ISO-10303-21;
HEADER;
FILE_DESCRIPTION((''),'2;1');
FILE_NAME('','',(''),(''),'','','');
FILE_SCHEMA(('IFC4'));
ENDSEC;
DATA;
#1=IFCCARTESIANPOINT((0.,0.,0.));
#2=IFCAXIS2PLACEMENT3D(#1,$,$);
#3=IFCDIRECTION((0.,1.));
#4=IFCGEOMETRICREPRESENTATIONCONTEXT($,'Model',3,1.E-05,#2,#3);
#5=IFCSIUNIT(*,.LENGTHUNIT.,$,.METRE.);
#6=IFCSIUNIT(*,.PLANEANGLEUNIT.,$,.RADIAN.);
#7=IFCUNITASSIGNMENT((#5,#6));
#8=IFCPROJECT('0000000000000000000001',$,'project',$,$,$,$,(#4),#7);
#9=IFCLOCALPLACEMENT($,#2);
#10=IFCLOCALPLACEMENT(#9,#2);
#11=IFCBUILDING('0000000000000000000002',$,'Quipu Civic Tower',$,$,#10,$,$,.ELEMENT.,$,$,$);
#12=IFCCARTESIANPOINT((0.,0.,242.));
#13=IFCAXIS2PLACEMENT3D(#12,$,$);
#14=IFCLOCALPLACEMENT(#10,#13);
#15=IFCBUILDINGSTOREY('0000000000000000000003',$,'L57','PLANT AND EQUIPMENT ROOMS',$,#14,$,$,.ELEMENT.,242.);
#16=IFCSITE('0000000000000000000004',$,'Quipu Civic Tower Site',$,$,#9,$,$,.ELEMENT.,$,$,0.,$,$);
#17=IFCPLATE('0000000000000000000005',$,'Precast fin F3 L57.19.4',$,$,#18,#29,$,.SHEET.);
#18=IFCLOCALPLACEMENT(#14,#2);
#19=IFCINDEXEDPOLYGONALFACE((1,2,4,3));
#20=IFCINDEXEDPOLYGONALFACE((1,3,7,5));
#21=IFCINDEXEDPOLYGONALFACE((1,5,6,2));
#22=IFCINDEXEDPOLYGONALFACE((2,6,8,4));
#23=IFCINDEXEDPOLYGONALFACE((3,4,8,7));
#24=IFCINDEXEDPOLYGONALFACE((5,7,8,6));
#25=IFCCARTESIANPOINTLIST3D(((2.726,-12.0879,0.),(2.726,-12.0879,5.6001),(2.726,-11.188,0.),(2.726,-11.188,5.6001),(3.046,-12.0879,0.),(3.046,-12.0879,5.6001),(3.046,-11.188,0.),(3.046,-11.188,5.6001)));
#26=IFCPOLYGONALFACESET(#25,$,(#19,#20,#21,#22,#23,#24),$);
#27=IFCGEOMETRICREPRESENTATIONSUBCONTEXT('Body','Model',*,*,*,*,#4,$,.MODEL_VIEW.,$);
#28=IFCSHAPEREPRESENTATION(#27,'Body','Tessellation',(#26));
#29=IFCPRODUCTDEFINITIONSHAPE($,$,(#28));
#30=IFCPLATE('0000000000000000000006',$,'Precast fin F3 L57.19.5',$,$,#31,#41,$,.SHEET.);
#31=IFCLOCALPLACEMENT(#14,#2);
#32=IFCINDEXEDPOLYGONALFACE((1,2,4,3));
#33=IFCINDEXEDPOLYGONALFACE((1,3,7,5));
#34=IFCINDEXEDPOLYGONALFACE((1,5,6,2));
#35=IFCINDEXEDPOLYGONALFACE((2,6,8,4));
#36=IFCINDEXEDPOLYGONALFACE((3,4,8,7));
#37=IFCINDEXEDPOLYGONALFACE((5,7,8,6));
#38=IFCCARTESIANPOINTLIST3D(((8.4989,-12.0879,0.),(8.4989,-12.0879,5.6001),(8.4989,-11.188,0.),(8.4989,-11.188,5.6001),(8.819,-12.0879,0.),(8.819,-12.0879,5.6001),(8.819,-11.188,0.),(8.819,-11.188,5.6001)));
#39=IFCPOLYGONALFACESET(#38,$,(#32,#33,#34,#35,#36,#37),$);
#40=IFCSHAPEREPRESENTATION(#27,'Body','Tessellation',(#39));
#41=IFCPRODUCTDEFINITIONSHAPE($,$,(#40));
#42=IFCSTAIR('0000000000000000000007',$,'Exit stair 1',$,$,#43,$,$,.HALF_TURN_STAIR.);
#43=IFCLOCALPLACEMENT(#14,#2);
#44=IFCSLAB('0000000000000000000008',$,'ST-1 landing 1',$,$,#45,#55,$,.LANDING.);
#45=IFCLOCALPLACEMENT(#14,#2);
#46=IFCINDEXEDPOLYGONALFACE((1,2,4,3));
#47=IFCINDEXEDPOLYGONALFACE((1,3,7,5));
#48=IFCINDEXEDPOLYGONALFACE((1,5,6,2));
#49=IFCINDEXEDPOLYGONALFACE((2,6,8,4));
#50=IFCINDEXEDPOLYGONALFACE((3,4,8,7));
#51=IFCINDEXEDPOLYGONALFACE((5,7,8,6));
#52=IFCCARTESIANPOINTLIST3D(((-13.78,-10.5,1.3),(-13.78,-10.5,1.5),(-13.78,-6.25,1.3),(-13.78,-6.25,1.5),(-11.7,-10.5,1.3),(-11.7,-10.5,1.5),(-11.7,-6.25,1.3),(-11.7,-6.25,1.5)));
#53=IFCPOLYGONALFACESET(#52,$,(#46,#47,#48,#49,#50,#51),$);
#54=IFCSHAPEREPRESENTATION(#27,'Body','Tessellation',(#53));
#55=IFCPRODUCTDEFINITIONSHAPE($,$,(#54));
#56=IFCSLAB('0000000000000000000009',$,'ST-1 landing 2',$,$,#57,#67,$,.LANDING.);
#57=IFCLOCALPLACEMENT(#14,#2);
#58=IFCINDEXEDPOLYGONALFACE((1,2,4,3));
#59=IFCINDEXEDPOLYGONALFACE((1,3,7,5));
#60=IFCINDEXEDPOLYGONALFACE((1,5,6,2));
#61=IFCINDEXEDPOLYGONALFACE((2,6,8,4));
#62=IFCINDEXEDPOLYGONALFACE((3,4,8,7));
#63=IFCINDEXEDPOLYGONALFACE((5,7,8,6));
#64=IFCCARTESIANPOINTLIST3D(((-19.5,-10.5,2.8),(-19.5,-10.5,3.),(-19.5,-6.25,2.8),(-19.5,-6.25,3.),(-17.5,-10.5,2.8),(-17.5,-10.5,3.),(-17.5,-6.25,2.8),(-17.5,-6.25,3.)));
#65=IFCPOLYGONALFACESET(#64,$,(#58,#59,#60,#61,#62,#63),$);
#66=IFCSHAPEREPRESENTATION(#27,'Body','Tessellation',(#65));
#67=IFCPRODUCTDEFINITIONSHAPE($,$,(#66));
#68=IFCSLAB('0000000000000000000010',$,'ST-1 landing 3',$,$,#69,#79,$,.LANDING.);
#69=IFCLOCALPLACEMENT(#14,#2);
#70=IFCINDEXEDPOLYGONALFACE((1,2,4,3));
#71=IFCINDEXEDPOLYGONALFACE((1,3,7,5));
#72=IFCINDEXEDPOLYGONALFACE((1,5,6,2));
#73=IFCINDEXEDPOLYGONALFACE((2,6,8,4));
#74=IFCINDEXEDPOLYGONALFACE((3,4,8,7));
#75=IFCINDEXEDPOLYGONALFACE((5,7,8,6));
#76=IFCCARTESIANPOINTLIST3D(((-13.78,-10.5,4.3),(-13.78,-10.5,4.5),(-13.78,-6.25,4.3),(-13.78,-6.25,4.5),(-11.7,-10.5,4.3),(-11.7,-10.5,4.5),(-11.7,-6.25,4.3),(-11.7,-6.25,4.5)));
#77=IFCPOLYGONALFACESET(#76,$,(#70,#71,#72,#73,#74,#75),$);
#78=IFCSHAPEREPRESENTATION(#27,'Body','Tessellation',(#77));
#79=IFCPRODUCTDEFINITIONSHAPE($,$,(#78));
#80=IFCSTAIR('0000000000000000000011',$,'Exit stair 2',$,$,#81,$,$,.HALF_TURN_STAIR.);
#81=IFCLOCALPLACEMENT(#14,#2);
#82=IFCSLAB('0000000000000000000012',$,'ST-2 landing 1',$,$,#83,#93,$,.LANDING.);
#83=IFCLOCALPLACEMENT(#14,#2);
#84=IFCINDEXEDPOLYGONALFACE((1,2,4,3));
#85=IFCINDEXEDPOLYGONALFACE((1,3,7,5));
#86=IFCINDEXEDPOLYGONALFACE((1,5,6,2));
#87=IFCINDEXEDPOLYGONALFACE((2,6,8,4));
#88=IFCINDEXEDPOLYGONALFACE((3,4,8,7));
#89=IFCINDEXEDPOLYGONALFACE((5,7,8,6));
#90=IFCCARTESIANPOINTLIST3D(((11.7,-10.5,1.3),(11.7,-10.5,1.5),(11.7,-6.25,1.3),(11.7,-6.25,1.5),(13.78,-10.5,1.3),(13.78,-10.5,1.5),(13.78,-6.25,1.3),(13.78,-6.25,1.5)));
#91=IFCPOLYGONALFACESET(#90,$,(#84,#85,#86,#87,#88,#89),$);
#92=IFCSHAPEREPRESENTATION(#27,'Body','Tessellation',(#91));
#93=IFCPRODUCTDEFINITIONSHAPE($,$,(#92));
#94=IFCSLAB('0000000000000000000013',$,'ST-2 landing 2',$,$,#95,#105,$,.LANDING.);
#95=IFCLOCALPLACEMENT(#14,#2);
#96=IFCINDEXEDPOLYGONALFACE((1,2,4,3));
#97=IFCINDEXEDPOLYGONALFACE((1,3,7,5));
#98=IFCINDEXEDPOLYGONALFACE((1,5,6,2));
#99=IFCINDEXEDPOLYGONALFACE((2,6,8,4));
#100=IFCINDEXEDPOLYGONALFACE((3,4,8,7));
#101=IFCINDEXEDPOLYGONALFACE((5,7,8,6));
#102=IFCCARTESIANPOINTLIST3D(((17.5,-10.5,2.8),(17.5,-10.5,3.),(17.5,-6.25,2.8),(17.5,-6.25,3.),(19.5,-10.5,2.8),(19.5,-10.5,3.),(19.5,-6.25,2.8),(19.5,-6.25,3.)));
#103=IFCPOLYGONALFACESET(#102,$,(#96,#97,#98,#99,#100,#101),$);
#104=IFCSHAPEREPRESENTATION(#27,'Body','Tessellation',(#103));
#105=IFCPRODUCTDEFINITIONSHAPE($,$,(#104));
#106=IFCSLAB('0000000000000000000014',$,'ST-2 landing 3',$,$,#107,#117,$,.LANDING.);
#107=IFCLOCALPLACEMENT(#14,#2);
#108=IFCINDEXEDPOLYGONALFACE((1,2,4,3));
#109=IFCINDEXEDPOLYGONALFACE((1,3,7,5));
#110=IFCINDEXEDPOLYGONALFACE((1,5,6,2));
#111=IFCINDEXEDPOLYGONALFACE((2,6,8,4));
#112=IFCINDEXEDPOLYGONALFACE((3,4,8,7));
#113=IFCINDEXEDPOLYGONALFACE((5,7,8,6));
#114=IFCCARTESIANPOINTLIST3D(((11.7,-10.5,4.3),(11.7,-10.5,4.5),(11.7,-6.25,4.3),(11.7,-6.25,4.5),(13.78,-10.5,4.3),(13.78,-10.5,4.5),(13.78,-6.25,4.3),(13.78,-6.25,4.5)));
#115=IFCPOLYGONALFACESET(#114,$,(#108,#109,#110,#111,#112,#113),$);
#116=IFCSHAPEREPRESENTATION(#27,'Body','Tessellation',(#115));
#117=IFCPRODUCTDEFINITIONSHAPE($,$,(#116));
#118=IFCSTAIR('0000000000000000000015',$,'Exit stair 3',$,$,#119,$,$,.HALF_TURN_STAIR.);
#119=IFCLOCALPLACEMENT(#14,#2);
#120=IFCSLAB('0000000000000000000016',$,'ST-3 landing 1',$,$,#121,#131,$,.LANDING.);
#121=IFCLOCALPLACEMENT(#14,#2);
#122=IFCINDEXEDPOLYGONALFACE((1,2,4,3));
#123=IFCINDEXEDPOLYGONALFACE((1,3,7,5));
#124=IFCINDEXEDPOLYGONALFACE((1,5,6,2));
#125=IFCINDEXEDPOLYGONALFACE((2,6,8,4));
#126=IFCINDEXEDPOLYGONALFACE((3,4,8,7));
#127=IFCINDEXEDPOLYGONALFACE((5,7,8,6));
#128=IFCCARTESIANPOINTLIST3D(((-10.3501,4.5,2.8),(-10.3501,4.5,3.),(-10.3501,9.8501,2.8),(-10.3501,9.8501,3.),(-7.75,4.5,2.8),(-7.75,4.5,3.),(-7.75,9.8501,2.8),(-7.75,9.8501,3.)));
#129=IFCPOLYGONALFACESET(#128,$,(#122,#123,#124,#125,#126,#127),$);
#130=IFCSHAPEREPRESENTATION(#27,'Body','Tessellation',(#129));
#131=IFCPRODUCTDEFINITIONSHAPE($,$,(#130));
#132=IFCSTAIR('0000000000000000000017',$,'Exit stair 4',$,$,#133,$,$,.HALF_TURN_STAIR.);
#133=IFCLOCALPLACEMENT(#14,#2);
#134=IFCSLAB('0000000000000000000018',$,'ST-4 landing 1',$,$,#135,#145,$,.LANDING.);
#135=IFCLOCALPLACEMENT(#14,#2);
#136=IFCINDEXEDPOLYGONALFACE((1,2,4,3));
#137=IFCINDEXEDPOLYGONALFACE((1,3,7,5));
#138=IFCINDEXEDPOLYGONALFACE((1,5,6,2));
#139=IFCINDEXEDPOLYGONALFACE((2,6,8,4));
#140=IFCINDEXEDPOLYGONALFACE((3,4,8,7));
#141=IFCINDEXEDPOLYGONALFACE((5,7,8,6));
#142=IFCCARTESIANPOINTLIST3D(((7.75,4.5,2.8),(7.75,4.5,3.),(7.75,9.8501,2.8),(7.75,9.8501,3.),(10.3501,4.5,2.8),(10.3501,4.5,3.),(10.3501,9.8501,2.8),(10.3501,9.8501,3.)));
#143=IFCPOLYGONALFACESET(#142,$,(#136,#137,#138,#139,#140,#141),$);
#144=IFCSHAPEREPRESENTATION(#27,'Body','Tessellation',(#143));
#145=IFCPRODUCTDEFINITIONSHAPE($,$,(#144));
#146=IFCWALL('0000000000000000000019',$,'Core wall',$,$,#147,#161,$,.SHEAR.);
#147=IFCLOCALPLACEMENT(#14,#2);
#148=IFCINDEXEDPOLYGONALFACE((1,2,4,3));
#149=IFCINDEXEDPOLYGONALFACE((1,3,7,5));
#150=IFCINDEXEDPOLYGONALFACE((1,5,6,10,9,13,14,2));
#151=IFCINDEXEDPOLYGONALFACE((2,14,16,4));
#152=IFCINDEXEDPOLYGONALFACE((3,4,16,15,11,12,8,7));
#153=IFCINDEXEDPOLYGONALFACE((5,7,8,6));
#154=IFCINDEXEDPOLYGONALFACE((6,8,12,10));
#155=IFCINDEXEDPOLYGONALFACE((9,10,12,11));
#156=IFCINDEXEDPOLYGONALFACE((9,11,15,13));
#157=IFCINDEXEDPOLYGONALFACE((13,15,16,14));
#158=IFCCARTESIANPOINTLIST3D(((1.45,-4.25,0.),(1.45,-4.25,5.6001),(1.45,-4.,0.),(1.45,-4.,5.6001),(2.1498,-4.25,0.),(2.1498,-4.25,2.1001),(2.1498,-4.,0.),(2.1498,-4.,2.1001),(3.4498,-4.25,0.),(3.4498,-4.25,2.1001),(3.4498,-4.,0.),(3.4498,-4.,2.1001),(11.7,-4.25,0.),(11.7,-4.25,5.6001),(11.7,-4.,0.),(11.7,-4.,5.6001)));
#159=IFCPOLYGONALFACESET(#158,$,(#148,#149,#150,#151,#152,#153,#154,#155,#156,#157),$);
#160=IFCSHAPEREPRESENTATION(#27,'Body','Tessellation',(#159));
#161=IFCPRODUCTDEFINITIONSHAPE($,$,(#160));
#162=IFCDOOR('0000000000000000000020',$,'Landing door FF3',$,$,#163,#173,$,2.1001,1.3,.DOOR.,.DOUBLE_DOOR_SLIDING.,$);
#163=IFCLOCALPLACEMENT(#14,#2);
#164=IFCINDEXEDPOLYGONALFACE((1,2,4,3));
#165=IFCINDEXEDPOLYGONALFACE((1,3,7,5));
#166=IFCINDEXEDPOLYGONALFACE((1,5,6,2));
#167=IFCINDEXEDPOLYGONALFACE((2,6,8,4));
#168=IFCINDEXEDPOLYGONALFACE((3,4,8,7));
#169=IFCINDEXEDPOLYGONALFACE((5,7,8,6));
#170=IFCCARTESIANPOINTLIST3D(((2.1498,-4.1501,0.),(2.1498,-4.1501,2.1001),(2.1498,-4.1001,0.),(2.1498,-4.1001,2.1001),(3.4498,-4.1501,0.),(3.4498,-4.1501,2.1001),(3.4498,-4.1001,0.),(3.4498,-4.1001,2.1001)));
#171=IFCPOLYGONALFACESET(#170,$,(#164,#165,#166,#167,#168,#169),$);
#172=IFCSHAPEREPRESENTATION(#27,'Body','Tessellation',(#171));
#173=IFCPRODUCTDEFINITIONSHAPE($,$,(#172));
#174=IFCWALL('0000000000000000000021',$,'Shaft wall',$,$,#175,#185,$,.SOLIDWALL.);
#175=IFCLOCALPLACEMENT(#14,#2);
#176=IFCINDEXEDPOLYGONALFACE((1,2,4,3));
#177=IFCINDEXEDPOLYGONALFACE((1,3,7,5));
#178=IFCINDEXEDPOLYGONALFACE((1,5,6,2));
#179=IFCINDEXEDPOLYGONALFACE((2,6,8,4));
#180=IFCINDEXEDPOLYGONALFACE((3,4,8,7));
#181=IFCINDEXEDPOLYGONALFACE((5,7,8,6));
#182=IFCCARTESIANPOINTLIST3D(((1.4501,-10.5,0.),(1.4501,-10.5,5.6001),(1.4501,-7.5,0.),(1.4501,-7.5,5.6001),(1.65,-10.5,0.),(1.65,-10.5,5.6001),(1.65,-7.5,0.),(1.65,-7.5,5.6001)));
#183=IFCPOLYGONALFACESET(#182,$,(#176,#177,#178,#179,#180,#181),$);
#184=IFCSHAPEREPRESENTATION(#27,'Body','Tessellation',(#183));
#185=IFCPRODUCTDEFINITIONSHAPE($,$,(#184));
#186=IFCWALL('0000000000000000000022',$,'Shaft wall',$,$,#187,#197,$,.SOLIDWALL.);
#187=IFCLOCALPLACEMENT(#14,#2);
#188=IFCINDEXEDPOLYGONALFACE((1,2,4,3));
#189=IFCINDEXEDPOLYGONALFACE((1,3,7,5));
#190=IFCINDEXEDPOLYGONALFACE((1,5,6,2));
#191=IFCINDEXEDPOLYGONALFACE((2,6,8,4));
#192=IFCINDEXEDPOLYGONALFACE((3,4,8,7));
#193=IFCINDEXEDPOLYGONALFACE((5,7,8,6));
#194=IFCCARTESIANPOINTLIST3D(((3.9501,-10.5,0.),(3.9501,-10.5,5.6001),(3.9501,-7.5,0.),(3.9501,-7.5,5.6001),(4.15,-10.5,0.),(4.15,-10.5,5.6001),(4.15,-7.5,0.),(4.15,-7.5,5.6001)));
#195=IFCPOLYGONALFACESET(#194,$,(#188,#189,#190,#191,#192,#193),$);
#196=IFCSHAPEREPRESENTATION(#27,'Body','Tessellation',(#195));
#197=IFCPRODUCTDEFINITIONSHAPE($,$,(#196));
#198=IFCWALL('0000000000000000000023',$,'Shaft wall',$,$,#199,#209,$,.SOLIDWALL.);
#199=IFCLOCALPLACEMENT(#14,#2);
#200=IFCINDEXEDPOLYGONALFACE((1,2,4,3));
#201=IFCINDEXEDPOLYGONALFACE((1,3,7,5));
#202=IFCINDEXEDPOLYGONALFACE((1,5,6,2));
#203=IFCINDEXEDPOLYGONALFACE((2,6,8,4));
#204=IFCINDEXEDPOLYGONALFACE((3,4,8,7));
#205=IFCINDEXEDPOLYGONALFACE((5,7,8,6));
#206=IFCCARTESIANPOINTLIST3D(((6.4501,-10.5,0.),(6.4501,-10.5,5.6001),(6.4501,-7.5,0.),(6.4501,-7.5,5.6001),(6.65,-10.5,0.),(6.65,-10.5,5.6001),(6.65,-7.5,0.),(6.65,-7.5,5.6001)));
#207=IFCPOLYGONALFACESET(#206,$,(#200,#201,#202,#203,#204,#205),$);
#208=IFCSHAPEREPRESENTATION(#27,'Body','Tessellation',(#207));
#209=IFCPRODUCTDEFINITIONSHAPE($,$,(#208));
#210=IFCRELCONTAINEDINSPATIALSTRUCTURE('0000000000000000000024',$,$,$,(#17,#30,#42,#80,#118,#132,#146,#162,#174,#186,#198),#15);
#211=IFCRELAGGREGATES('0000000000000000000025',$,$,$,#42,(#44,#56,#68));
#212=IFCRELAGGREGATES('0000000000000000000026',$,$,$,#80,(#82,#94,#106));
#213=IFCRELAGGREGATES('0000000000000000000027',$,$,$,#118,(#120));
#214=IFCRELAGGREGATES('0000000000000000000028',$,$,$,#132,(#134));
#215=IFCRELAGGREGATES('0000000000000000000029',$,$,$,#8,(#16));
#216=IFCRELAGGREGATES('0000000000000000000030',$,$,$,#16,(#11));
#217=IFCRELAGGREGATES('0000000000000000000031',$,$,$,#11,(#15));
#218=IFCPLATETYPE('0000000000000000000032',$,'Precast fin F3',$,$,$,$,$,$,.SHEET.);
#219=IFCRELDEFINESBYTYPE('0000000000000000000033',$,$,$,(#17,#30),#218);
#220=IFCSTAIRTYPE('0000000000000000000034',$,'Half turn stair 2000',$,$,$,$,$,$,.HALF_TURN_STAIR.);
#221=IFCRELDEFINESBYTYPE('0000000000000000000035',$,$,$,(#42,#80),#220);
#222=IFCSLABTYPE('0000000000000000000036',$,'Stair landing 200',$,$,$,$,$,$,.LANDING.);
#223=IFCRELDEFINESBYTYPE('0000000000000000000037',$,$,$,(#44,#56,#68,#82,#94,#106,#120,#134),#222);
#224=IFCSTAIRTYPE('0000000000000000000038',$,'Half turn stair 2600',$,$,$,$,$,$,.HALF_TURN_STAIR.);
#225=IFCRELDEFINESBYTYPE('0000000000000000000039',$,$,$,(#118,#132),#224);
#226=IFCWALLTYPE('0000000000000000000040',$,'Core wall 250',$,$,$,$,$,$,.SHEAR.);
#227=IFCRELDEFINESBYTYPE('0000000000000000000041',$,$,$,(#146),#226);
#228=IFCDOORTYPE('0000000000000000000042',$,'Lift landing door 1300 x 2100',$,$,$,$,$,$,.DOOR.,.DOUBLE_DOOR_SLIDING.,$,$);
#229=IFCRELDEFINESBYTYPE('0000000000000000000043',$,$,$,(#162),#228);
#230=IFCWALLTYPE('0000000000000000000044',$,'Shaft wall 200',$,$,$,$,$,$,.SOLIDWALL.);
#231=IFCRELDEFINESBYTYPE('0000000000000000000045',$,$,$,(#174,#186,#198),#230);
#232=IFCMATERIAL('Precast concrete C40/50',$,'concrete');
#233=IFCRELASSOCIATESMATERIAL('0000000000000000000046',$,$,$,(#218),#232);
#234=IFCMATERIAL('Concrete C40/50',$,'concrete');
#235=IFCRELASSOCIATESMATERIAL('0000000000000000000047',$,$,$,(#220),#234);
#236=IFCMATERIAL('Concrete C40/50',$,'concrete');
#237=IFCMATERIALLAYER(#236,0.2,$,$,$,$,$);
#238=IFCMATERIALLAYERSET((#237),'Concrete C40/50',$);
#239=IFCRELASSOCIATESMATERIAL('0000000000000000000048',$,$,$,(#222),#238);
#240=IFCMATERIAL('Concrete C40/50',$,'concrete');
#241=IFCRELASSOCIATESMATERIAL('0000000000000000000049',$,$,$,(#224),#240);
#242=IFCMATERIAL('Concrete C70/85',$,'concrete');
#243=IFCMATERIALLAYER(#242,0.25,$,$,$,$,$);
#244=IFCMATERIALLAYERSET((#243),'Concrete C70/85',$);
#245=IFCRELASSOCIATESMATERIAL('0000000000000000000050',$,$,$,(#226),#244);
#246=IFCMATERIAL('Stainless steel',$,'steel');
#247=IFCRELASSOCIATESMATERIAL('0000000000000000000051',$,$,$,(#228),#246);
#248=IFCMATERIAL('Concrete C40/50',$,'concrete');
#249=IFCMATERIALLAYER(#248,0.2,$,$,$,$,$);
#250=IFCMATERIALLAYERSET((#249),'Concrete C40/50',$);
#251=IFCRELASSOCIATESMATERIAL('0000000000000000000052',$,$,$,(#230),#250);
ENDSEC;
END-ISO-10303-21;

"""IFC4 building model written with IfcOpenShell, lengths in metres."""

from ifc_helpers import new_model, si_unit, direction, frame, frame_2d, origin, origin_2d, place, context, subcontext, project, spatial, polyline, rectangle, outline, extrude, material, layer, layer_set, type_object, element, fill, aggregate, save


model = new_model("IFC4")

# Units and contexts
model_context = context("Model", 3, precision=1e-05, world=origin(), true_north=direction((0.0, 1.0)))
body_context = subcontext(model_context, "Body", "Model", "MODEL_VIEW")
ifc_project = project(units=[si_unit("LENGTHUNIT", "METRE"), si_unit("PLANEANGLEUNIT", "RADIAN")], contexts=[model_context])

# Site, building, storey
site_placement = place(None, origin())
site = spatial("IfcSite", under=ifc_project, at=site_placement, Name="Quipu Civic Tower Site", CompositionType="ELEMENT", RefElevation=0.0)
building_placement = place(site_placement, origin())
building = spatial("IfcBuilding", under=site, at=building_placement, Name="Quipu Civic Tower", CompositionType="ELEMENT")
storey_placement = place(building_placement, frame((0.0, 0.0, 242.0)))
storey = spatial("IfcBuildingStorey", under=building, at=storey_placement, Name="L57", Description="PLANT AND EQUIPMENT ROOMS", CompositionType="ELEMENT", Elevation=242.0)

# Plates
ifc_material_1 = material(Name="Precast concrete C40/50", Category="concrete")
plate_type = type_object("IfcPlateType", Name="Precast fin F3", PredefinedType="SHEET", material=ifc_material_1)
for number, where, z_axis, x_axis, name in (
    (1, (2.886, -11.6379, 0.0), (0.0, 0.0, 1.0), (1.0, 0.0, 0.0), "Precast fin F3 L57.19.4"),
    (2, (8.6589, -11.6379, 0.0), (0.0, 0.0, 1.0), (1.0, 0.0, 0.0), "Precast fin F3 L57.19.5"),
):
    element("IfcPlate", number, at=place(storey_placement, frame(where, z_axis=z_axis, x_axis=x_axis)), inside=storey, type_object=plate_type, Name=name, PredefinedType="SHEET", context=body_context, shape_type="SweptSolid", body=[
        extrude(rectangle(XDim=0.3201, YDim=0.8999, at=origin_2d()), origin(), (0.0, 0.0, 1.0), 5.6001),
    ])

# Stairs, slabs
ifc_material_2 = material(Name="Concrete C40/50", Category="concrete")
stair_type_1 = type_object("IfcStairType", Name="Half turn stair 2000", PredefinedType="HALF_TURN_STAIR", material=ifc_material_2)
stair_1_placement = place(storey_placement, origin())
stair_1 = element("IfcStair", 3, at=stair_1_placement, inside=storey, type_object=stair_type_1, Name="Exit stair 1", PredefinedType="HALF_TURN_STAIR")
ifc_material_3 = material(Name="Concrete C40/50", Category="concrete")
ifc_layer_1 = layer(ifc_material_3, 0.2)
ifc_layer_set_1 = layer_set([ifc_layer_1], Name="Concrete C40/50")
slab_type = type_object("IfcSlabType", Name="Stair landing 200", PredefinedType="LANDING", material=ifc_layer_set_1)
slab_1_placement = place(storey_placement, frame((0.0, 0.0, 1.3)))
slab_1 = element("IfcSlab", 4, at=slab_1_placement, type_object=slab_type, Name="ST-1 landing 1", PredefinedType="LANDING", context=body_context, shape_type="SweptSolid", body=[
    extrude(outline(polyline([(-13.78, -10.5), (-11.7, -10.5), (-11.7, -6.25), (-13.78, -6.25), (-13.78, -10.5)])), origin(), (0.0, 0.0, 1.0), 0.2),
])
slab_2_placement = place(storey_placement, frame((0.0, 0.0, 2.8)))
slab_2 = element("IfcSlab", 5, at=slab_2_placement, type_object=slab_type, Name="ST-1 landing 2", PredefinedType="LANDING", context=body_context, shape_type="SweptSolid", body=[
    extrude(outline(polyline([(-19.5, -10.5), (-17.5, -10.5), (-17.5, -6.25), (-19.5, -6.25), (-19.5, -10.5)])), origin(), (0.0, 0.0, 1.0), 0.2),
])
slab_3_placement = place(storey_placement, frame((0.0, 0.0, 4.3)))
slab_3 = element("IfcSlab", 6, at=slab_3_placement, type_object=slab_type, Name="ST-1 landing 3", PredefinedType="LANDING", context=body_context, shape_type="SweptSolid", body=[
    extrude(outline(polyline([(-13.78, -10.5), (-11.7, -10.5), (-11.7, -6.25), (-13.78, -6.25), (-13.78, -10.5)])), origin(), (0.0, 0.0, 1.0), 0.2),
])
aggregate(stair_1, [slab_1, slab_2, slab_3])
stair_2_placement = place(storey_placement, origin())
stair_2 = element("IfcStair", 7, at=stair_2_placement, inside=storey, type_object=stair_type_1, Name="Exit stair 2", PredefinedType="HALF_TURN_STAIR")
slab_4_placement = place(storey_placement, frame((0.0, 0.0, 1.3)))
slab_4 = element("IfcSlab", 8, at=slab_4_placement, type_object=slab_type, Name="ST-2 landing 1", PredefinedType="LANDING", context=body_context, shape_type="SweptSolid", body=[
    extrude(outline(polyline([(13.78, -6.25), (11.7, -6.25), (11.7, -10.5), (13.78, -10.5), (13.78, -6.25)])), origin(), (0.0, 0.0, 1.0), 0.2),
])
slab_5_placement = place(storey_placement, frame((0.0, 0.0, 2.8)))
slab_5 = element("IfcSlab", 9, at=slab_5_placement, type_object=slab_type, Name="ST-2 landing 2", PredefinedType="LANDING", context=body_context, shape_type="SweptSolid", body=[
    extrude(outline(polyline([(19.5, -6.25), (17.5, -6.25), (17.5, -10.5), (19.5, -10.5), (19.5, -6.25)])), origin(), (0.0, 0.0, 1.0), 0.2),
])
slab_6_placement = place(storey_placement, frame((0.0, 0.0, 4.3)))
slab_6 = element("IfcSlab", 10, at=slab_6_placement, type_object=slab_type, Name="ST-2 landing 3", PredefinedType="LANDING", context=body_context, shape_type="SweptSolid", body=[
    extrude(outline(polyline([(13.78, -6.25), (11.7, -6.25), (11.7, -10.5), (13.78, -10.5), (13.78, -6.25)])), origin(), (0.0, 0.0, 1.0), 0.2),
])
aggregate(stair_2, [slab_4, slab_5, slab_6])

# Stairs, slabs
ifc_material_4 = material(Name="Concrete C40/50", Category="concrete")
stair_type_2 = type_object("IfcStairType", Name="Half turn stair 2600", PredefinedType="HALF_TURN_STAIR", material=ifc_material_4)
stair_3_placement = place(storey_placement, origin())
stair_3 = element("IfcStair", 11, at=stair_3_placement, inside=storey, type_object=stair_type_2, Name="Exit stair 3", PredefinedType="HALF_TURN_STAIR")
slab_7_placement = place(storey_placement, frame((0.0, 0.0, 2.8)))
slab_7 = element("IfcSlab", 12, at=slab_7_placement, type_object=slab_type, Name="ST-3 landing 1", PredefinedType="LANDING", context=body_context, shape_type="SweptSolid", body=[
    extrude(outline(polyline([(-10.3501, 4.5), (-7.75, 4.5), (-7.75, 9.8501), (-10.3501, 9.8501), (-10.3501, 4.5)])), origin(), (0.0, 0.0, 1.0), 0.2),
])
aggregate(stair_3, [slab_7])
stair_4_placement = place(storey_placement, origin())
stair_4 = element("IfcStair", 13, at=stair_4_placement, inside=storey, type_object=stair_type_2, Name="Exit stair 4", PredefinedType="HALF_TURN_STAIR")
slab_8_placement = place(storey_placement, frame((0.0, 0.0, 2.8)))
slab_8 = element("IfcSlab", 14, at=slab_8_placement, type_object=slab_type, Name="ST-4 landing 1", PredefinedType="LANDING", context=body_context, shape_type="SweptSolid", body=[
    extrude(outline(polyline([(10.3501, 9.8501), (7.75, 9.8501), (7.75, 4.5), (10.3501, 4.5), (10.3501, 9.8501)])), origin(), (0.0, 0.0, 1.0), 0.2),
])
aggregate(stair_4, [slab_8])

# Wall, opening, door
ifc_material_5 = material(Name="Concrete C70/85", Category="concrete")
ifc_layer_2 = layer(ifc_material_5, 0.25)
ifc_layer_set_2 = layer_set([ifc_layer_2], Name="Concrete C70/85")
wall_type_1 = type_object("IfcWallType", Name="Core wall 250", PredefinedType="SHEAR", material=ifc_layer_set_2)
wall_placement = place(storey_placement, frame((1.45, -4.125, 0.0), z_axis=(0.0, 0.0, 1.0), x_axis=(1.0, 0.0, 0.0)))
wall = element("IfcWall", 15, at=wall_placement, inside=storey, type_object=wall_type_1, Name="Core wall", PredefinedType="SHEAR", context=body_context, shape_type="SweptSolid", body=[
    extrude(rectangle(XDim=10.25, YDim=0.25, at=frame_2d((5.125, 0.0))), origin(), (0.0, 0.0, 1.0), 5.6001),
])
opening_placement = place(wall_placement, frame((0.7, 0.0, 0.0)))
opening = element("IfcOpeningElement", 16, at=opening_placement, cuts=wall, PredefinedType="OPENING", context=body_context, shape_type="SweptSolid", body=[
    extrude(rectangle(XDim=1.3, YDim=2.1001, at=frame_2d((0.6499, 1.05))), frame((0.0, 0.135, 0.0), z_axis=(0.0, -1.0, 0.0), x_axis=(1.0, 0.0, 0.0)), (0.0, 0.0, 1.0), 0.27),
])
ifc_material_6 = material(Name="Stainless steel", Category="steel")
door_type = type_object("IfcDoorType", Name="Lift landing door 1300 x 2100", OperationType="DOUBLE_DOOR_SLIDING", PredefinedType="DOOR", material=ifc_material_6)
door_placement = place(opening_placement, origin())
door = element("IfcDoor", 17, at=door_placement, inside=storey, type_object=door_type, Name="Landing door FF3", OperationType="DOUBLE_DOOR_SLIDING", OverallHeight=2.1001, OverallWidth=1.3, PredefinedType="DOOR", context=body_context, shape_type="SweptSolid", body=[
    extrude(rectangle(XDim=1.3, YDim=2.1001, at=frame_2d((0.6499, 1.05))), frame((0.0, 0.0249, 0.0), z_axis=(0.0, -1.0, 0.0), x_axis=(1.0, 0.0, 0.0)), (0.0, 0.0, 1.0), 0.05),
])
fill(opening, door)

# Walls
ifc_material_7 = material(Name="Concrete C40/50", Category="concrete")
ifc_layer_3 = layer(ifc_material_7, 0.2)
ifc_layer_set_3 = layer_set([ifc_layer_3], Name="Concrete C40/50")
wall_type_2 = type_object("IfcWallType", Name="Shaft wall 200", PredefinedType="SOLIDWALL", material=ifc_layer_set_3)
for number, where, z_axis, x_axis, name in (
    (18, (1.55, -10.5, 0.0), (0.0, 0.0, 1.0), (0.0, 1.0, 0.0), "Shaft wall"),
    (19, (4.05, -10.5, 0.0), (0.0, 0.0, 1.0), (0.0, 1.0, 0.0), "Shaft wall"),
    (20, (6.55, -10.5, 0.0), (0.0, 0.0, 1.0), (0.0, 1.0, 0.0), "Shaft wall"),
):
    element("IfcWall", number, at=place(storey_placement, frame(where, z_axis=z_axis, x_axis=x_axis)), inside=storey, type_object=wall_type_2, Name=name, PredefinedType="SOLIDWALL", context=body_context, shape_type="SweptSolid", body=[
        extrude(rectangle(XDim=3.0, YDim=0.2, at=frame_2d((1.5, 0.0))), origin(), (0.0, 0.0, 1.0), 5.6001),
    ])

save(model, "model.ifc")
